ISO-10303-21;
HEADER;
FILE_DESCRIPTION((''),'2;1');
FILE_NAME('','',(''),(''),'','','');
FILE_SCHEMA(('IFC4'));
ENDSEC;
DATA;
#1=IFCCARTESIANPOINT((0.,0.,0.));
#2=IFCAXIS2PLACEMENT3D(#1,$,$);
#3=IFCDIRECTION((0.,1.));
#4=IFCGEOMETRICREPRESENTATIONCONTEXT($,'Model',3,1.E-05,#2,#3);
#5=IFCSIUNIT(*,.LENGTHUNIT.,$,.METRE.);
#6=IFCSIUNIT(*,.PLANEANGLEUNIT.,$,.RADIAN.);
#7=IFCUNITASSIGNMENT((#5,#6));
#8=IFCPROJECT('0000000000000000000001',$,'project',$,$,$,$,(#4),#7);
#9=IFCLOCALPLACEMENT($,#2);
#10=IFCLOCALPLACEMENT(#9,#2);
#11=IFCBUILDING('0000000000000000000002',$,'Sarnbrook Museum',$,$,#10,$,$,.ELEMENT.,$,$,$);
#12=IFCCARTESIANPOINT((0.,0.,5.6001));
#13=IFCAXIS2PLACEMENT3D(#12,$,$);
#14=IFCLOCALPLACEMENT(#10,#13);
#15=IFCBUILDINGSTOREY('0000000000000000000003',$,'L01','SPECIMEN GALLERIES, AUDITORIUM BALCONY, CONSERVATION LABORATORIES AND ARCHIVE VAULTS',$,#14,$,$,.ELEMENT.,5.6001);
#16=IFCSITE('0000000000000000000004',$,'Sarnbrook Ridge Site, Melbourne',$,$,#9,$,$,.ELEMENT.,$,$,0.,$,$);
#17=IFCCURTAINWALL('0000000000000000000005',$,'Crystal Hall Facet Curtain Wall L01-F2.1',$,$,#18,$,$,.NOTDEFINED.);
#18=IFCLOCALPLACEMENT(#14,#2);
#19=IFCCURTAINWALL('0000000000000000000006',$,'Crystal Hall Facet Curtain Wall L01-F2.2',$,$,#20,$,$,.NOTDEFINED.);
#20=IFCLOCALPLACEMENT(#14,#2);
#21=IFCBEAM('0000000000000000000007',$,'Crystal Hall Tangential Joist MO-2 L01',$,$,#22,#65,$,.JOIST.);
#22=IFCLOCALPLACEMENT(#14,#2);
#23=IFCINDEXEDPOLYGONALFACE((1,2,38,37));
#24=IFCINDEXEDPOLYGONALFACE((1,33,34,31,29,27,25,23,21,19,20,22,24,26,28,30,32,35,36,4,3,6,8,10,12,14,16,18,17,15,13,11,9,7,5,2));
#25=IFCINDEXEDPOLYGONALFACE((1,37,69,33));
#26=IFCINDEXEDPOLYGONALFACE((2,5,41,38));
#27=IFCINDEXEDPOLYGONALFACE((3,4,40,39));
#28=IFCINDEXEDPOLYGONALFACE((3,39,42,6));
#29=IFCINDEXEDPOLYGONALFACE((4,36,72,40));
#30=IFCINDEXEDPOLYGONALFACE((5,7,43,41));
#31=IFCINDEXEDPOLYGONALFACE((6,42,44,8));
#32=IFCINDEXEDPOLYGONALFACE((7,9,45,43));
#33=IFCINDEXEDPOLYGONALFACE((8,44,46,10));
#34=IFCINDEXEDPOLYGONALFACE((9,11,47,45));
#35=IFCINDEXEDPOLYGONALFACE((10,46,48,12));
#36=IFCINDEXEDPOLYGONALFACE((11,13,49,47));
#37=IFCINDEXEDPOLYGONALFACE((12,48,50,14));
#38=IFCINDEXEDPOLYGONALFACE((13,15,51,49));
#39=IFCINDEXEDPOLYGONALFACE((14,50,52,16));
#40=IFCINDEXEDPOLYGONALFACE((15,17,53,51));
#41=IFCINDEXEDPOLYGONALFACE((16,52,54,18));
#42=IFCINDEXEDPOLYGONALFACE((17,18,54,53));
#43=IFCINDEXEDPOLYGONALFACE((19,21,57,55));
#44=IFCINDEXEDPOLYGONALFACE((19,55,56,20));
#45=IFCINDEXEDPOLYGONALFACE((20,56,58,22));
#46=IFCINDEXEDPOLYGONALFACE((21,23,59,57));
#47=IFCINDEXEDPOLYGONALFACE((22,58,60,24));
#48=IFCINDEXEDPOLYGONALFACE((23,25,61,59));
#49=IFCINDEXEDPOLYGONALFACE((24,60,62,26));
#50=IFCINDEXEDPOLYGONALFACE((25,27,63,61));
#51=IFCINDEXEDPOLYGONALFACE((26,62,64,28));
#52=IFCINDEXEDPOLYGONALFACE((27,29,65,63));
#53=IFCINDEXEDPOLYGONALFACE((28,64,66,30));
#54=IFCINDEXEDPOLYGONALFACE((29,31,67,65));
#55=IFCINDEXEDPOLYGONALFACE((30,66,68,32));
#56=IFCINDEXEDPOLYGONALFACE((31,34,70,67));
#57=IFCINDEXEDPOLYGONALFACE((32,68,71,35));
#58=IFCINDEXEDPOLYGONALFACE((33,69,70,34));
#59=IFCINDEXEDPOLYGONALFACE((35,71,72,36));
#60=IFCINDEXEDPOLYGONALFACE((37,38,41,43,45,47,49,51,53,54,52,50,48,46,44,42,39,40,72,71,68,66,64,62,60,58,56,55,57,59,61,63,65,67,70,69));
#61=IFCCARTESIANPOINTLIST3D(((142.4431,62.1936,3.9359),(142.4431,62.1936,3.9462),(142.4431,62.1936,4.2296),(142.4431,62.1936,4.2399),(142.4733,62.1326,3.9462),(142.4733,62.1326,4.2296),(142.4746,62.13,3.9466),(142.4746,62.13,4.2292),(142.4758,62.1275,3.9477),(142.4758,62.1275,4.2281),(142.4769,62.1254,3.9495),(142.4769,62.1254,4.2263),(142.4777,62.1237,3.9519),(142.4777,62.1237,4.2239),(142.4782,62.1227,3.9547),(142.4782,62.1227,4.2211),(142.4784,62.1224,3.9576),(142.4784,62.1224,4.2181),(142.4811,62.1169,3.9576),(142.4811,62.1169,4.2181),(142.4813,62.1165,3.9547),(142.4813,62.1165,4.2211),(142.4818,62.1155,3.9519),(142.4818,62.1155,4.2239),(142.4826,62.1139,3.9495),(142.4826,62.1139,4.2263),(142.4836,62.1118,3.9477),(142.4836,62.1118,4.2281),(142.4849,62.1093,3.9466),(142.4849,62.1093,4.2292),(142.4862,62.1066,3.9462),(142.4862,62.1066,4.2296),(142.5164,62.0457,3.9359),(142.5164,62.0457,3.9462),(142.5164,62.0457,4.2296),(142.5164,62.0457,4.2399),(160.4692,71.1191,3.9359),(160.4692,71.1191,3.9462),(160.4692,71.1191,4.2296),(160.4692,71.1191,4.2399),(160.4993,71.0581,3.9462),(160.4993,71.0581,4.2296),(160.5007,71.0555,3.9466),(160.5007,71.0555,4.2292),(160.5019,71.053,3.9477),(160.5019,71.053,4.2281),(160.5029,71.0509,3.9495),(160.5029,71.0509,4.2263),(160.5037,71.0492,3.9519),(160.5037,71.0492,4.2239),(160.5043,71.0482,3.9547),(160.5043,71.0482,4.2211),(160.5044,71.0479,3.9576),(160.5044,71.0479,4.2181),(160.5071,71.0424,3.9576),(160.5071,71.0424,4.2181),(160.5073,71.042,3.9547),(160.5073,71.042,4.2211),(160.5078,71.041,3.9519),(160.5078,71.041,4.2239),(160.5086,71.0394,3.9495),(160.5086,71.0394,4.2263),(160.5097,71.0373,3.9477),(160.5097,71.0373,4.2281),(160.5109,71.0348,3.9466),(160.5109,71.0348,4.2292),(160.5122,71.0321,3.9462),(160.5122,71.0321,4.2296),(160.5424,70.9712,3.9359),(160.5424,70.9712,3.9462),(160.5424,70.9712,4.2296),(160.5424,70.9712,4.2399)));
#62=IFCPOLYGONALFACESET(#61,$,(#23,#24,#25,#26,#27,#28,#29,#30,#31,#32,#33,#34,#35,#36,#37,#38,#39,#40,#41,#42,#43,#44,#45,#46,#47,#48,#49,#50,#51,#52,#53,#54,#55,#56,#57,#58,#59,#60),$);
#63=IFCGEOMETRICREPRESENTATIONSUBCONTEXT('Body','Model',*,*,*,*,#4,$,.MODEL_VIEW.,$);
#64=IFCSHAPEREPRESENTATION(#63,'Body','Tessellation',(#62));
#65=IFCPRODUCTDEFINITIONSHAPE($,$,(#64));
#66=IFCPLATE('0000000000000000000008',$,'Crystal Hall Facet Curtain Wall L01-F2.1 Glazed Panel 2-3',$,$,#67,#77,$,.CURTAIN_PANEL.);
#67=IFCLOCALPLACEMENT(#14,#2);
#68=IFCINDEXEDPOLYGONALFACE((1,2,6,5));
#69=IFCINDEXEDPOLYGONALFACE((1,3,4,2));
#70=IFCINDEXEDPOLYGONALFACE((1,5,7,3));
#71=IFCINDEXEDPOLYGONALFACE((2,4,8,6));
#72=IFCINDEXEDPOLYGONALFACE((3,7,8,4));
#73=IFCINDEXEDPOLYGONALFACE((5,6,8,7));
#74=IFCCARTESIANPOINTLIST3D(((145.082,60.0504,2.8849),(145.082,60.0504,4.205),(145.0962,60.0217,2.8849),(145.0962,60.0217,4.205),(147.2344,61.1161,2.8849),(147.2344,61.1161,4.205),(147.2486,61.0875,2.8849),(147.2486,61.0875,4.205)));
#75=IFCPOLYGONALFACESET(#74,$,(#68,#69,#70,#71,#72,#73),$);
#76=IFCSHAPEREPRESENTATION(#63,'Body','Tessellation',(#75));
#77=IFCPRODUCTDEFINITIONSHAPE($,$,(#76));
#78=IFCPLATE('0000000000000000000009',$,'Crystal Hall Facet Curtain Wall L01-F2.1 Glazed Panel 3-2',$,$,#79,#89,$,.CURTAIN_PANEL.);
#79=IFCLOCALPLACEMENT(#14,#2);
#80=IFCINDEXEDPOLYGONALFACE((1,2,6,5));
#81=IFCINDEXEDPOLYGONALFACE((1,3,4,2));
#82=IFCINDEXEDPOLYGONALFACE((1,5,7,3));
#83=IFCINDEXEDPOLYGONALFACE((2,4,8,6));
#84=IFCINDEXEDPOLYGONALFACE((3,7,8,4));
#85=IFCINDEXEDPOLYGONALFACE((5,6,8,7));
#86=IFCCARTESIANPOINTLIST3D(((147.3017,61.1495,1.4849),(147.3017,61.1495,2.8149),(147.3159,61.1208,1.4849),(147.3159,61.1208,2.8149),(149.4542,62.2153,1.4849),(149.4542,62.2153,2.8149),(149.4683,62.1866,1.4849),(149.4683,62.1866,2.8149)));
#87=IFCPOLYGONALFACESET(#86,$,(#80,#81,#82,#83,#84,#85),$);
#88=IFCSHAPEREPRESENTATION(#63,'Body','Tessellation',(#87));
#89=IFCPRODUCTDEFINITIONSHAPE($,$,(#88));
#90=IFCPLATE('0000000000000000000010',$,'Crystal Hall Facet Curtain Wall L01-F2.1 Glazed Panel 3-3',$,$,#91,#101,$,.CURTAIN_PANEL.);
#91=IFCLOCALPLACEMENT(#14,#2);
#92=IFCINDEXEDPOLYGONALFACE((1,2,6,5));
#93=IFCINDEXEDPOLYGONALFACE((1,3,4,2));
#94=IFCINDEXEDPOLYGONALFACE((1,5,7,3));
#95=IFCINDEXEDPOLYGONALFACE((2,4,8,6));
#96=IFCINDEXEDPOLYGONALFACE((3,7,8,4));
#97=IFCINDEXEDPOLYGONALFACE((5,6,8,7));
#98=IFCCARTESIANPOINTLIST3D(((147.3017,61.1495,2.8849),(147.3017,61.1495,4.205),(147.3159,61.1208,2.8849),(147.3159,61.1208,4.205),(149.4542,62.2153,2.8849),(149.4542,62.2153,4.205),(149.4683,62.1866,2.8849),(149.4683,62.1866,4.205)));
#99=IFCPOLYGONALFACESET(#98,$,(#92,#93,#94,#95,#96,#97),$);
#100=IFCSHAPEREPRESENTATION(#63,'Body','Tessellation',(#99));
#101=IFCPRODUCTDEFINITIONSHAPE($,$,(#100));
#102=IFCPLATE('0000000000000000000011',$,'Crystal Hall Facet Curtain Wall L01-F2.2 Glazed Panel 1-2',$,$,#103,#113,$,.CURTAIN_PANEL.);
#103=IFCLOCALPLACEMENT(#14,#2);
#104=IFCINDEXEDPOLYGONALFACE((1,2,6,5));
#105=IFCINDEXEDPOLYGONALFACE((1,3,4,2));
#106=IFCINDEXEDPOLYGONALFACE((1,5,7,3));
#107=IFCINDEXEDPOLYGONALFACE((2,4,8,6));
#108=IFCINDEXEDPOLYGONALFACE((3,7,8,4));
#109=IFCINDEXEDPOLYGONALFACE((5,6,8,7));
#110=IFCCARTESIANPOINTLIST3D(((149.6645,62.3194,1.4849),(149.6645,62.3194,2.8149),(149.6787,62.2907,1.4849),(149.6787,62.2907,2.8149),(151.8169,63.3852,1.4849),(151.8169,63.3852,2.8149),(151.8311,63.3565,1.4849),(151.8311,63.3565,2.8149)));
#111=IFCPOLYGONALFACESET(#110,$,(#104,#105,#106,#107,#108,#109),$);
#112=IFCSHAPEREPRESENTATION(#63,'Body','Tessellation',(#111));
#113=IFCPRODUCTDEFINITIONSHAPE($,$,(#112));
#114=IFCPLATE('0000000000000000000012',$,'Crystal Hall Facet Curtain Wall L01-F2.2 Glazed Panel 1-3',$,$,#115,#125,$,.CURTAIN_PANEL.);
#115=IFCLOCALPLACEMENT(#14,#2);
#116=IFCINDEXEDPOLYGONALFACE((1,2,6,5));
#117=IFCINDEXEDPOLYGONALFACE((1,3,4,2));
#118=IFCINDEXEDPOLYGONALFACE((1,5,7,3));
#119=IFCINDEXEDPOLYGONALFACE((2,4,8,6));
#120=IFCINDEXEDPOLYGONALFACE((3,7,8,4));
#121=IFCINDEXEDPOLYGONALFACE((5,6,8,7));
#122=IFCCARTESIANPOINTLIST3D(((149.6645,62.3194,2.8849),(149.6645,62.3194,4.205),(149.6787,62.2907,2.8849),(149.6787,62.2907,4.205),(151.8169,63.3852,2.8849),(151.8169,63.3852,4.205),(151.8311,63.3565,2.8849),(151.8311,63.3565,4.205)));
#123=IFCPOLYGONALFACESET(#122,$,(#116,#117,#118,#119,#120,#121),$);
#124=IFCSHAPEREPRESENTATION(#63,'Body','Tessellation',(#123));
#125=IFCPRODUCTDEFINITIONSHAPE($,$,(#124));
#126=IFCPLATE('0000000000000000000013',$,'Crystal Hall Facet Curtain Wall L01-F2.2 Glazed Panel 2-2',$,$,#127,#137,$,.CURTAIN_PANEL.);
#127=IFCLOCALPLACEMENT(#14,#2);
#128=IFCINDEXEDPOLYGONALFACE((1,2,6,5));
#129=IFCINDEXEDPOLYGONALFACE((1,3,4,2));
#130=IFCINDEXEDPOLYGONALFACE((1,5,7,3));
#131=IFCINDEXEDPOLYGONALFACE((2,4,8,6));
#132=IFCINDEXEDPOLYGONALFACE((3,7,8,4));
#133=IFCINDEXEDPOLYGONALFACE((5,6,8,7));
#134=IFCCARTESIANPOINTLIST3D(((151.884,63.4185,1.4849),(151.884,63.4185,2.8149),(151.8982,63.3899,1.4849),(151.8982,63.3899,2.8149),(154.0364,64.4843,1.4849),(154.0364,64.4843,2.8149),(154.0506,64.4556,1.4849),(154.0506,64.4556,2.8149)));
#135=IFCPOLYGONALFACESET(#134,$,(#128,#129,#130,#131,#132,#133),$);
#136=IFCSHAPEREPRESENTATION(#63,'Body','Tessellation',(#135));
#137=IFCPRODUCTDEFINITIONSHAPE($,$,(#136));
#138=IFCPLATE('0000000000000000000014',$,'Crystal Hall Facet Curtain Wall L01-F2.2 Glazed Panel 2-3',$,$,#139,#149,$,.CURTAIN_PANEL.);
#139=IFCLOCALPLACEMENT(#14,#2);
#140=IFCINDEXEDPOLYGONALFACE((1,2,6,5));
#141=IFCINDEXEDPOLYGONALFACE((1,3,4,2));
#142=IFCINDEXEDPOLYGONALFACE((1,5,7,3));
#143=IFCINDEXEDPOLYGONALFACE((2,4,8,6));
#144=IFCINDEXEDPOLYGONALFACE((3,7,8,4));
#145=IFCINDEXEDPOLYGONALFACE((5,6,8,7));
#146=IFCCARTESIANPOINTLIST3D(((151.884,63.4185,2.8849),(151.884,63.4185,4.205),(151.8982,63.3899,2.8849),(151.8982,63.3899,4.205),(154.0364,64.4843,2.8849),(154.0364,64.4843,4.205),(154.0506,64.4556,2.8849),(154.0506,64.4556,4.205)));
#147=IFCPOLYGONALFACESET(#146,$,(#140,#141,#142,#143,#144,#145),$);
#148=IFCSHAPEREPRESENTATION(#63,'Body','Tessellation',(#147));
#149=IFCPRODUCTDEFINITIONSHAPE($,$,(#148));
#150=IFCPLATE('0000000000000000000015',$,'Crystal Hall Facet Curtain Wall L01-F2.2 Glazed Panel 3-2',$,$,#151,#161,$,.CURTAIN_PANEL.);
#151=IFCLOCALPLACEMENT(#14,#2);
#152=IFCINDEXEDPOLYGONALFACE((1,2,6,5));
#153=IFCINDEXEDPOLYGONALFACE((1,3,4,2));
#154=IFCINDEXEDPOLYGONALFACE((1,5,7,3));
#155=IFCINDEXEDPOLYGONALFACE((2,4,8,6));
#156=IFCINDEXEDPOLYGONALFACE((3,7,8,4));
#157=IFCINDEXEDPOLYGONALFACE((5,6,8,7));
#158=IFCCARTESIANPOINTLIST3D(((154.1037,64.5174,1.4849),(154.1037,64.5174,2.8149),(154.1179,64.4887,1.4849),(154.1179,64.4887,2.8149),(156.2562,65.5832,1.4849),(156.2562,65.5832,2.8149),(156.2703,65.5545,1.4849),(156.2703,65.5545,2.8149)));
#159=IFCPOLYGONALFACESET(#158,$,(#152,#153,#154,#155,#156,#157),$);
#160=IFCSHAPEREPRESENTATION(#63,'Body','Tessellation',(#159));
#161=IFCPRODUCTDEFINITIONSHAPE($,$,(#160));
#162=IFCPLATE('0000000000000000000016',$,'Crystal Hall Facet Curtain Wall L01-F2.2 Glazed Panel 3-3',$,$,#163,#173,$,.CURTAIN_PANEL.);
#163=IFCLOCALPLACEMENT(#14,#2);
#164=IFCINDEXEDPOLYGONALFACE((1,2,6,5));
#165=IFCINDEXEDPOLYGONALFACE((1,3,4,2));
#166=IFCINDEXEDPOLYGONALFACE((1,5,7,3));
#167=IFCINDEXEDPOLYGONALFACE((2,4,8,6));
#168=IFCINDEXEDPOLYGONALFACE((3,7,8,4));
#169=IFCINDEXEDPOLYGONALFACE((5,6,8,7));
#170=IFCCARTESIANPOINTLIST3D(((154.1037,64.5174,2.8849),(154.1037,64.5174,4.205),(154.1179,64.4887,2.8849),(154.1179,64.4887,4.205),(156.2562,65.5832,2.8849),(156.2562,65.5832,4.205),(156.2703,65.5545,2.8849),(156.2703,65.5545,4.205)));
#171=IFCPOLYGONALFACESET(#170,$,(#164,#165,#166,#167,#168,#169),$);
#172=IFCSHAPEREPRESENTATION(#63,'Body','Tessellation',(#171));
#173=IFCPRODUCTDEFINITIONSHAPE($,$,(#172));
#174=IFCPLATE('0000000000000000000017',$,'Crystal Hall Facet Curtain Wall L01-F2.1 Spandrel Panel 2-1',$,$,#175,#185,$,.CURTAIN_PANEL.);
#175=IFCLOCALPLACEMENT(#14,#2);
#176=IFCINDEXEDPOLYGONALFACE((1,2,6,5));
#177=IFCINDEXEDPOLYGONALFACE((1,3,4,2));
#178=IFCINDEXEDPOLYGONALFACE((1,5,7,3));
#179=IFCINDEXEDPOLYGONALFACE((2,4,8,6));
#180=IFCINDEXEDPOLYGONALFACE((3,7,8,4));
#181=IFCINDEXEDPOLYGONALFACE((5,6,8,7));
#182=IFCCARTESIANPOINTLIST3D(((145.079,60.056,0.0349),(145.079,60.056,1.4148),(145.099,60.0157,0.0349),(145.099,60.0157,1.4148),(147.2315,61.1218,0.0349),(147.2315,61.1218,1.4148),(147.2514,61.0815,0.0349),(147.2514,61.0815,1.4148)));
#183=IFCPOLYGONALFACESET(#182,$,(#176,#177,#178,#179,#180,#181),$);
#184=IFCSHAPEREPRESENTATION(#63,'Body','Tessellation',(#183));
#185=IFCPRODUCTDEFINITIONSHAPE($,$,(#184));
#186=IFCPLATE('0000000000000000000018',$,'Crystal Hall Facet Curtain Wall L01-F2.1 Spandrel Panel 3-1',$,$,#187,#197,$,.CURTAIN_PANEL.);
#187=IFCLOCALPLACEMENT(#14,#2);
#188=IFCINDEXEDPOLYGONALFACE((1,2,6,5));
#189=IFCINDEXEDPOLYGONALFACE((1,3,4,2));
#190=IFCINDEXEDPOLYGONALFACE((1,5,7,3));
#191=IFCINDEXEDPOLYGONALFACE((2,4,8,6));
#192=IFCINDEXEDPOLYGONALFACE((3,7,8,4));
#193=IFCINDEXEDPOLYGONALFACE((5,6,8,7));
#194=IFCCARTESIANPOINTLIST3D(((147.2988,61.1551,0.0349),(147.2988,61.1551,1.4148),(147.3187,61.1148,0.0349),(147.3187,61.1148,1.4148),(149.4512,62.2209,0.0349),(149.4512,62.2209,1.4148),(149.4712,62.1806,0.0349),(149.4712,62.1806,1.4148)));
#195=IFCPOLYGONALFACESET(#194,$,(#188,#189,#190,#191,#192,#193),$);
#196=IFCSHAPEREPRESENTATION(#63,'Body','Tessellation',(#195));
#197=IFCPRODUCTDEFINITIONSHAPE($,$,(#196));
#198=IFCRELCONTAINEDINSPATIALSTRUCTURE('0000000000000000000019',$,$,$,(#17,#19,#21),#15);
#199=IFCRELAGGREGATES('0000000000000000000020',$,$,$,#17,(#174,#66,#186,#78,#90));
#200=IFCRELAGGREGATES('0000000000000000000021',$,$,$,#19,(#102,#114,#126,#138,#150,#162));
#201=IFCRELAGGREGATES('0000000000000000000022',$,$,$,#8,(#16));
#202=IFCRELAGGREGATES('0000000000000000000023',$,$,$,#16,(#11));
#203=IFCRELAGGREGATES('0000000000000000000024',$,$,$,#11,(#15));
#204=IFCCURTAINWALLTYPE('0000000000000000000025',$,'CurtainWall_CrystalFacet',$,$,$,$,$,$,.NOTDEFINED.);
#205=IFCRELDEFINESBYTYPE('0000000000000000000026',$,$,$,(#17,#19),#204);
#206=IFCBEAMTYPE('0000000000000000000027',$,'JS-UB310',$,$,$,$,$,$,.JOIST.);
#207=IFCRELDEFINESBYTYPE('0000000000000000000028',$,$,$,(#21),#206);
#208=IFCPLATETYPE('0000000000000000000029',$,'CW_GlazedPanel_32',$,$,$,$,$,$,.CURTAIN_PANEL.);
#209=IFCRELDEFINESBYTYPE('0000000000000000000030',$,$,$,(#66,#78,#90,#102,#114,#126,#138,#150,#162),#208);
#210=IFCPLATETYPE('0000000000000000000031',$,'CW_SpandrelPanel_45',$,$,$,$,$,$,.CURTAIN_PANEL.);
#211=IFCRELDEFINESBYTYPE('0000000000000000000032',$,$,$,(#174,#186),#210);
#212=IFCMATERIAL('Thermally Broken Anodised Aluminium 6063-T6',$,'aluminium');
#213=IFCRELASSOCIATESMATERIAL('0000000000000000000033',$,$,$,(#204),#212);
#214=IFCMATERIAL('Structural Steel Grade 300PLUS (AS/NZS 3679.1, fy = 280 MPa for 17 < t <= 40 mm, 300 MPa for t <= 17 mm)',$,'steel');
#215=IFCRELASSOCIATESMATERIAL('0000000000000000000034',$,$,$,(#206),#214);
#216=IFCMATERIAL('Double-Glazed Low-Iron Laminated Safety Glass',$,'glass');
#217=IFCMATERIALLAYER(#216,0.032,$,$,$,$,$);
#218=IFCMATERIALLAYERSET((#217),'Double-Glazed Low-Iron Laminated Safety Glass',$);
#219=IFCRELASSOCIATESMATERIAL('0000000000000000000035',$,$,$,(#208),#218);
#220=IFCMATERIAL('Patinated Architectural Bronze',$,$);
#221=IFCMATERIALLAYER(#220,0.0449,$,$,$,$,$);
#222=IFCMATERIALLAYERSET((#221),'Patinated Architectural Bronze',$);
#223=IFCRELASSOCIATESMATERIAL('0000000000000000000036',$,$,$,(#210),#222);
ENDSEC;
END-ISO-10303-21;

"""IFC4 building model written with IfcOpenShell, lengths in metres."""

from ifc_helpers import new_model, si_unit, direction, frame, origin, origin_2d, place, context, subcontext, project, spatial, rectangle, i_section, extrude, material, layer, layer_set, material_profile, profile_set, type_object, element, aggregate, save


model = new_model("IFC4")

# Units and contexts
model_context = context("Model", 3, precision=1e-05, world=origin(), true_north=direction((0.0, 1.0)))
body_context = subcontext(model_context, "Body", "Model", "MODEL_VIEW")
ifc_project = project(units=[si_unit("LENGTHUNIT", "METRE"), si_unit("PLANEANGLEUNIT", "RADIAN")], contexts=[model_context])

# Site, building, storey
site_placement = place(None, origin())
site = spatial("IfcSite", under=ifc_project, at=site_placement, Name="Sarnbrook Ridge Site, Melbourne", CompositionType="ELEMENT", RefElevation=0.0)
building_placement = place(site_placement, origin())
building = spatial("IfcBuilding", under=site, at=building_placement, Name="Sarnbrook Museum", CompositionType="ELEMENT")
storey_placement = place(building_placement, frame((0.0, 0.0, 5.6001)))
storey = spatial("IfcBuildingStorey", under=building, at=storey_placement, Name="L01", Description="SPECIMEN GALLERIES, AUDITORIUM BALCONY, CONSERVATION LABORATORIES AND ARCHIVE VAULTS", CompositionType="ELEMENT", Elevation=5.6001)

# Curtain walls
ifc_material_1 = material(Name="Thermally Broken Anodised Aluminium 6063-T6", Category="aluminium")
curtain_wall_type = type_object("IfcCurtainWallType", Name="CurtainWall_CrystalFacet", PredefinedType="NOTDEFINED", material=ifc_material_1)
curtain_wall_1_placement = place(storey_placement, origin())
curtain_wall_1 = element("IfcCurtainWall", 1, at=curtain_wall_1_placement, inside=storey, type_object=curtain_wall_type, Name="Crystal Hall Facet Curtain Wall L01-F2.1", PredefinedType="NOTDEFINED")
curtain_wall_2_placement = place(storey_placement, origin())
curtain_wall_2 = element("IfcCurtainWall", 2, at=curtain_wall_2_placement, inside=storey, type_object=curtain_wall_type, Name="Crystal Hall Facet Curtain Wall L01-F2.2", PredefinedType="NOTDEFINED")

# Beam
ifc_material_2 = material(Name="Structural Steel Grade 300PLUS (AS/NZS 3679.1, fy = 280 MPa for 17 < t <= 40 mm, 300 MPa for t <= 17 mm)", Category="steel")
ifc_material_profile_1 = material_profile(ifc_material_2, i_section(OverallWidth=0.165, OverallDepth=0.304, WebThickness=0.0061, FlangeThickness=0.0103, FilletRadius=0.0115, at=origin_2d()), Name="310UB40.4")
ifc_profile_set_1 = profile_set([ifc_material_profile_1], Name="Structural Steel Grade 300PLUS (AS/NZS 3679.1, fy = 280 MPa for 17 < t <= 40 mm, 300 MPa for t <= 17 mm)")
beam_type_1 = type_object("IfcBeamType", Name="JS-UB310", PredefinedType="JOIST", material=ifc_profile_set_1)
beam_1_placement = place(storey_placement, frame((142.4797, 62.1196, 4.0879), z_axis=(0.896161, 0.443729, 0.0), x_axis=(-0.443729, 0.896161, 0.0)))
element("IfcBeam", 3, at=beam_1_placement, inside=storey, type_object=beam_type_1, Name="Crystal Hall Tangential Joist MO-2 L01", PredefinedType="JOIST", context=body_context, shape_type="SweptSolid", body=[
    extrude(i_section(OverallWidth=0.165, OverallDepth=0.304, WebThickness=0.0061, FlangeThickness=0.0103, FilletRadius=0.0115, at=origin_2d()), origin(), (0.0, 0.0, 1.0), 20.1147),
])

# Plates
ifc_material_3 = material(Name="Double-Glazed Low-Iron Laminated Safety Glass", Category="glass")
ifc_layer_1 = layer(ifc_material_3, 0.032)
ifc_layer_set_1 = layer_set([ifc_layer_1], Name="Double-Glazed Low-Iron Laminated Safety Glass")
plate_type_1 = type_object("IfcPlateType", Name="CW_GlazedPanel_32", PredefinedType="CURTAIN_PANEL", material=ifc_layer_set_1)
plate_1_placement = place(storey_placement, frame((146.1582, 60.5833, 3.5449), z_axis=(0.443729, -0.896161, 0.0), x_axis=(0.896161, 0.443729, 0.0)))
plate_1 = element("IfcPlate", 4, at=plate_1_placement, type_object=plate_type_1, Name="Crystal Hall Facet Curtain Wall L01-F2.1 Glazed Panel 2-3", PredefinedType="CURTAIN_PANEL", context=body_context, shape_type="SweptSolid", body=[
    extrude(rectangle(XDim=2.4019, YDim=1.3201, at=origin_2d()), origin(), (0.0, 0.0, 1.0), 0.032),
])
plate_2_placement = place(storey_placement, frame((148.3779, 61.6824, 2.1499), z_axis=(0.443729, -0.896161, 0.0), x_axis=(0.896161, 0.443729, 0.0)))
plate_2 = element("IfcPlate", 5, at=plate_2_placement, type_object=plate_type_1, Name="Crystal Hall Facet Curtain Wall L01-F2.1 Glazed Panel 3-2", PredefinedType="CURTAIN_PANEL", context=body_context, shape_type="SweptSolid", body=[
    extrude(rectangle(XDim=2.4019, YDim=1.3301, at=origin_2d()), origin(), (0.0, 0.0, 1.0), 0.032),
])
plate_3_placement = place(storey_placement, frame((148.3779, 61.6824, 3.5449), z_axis=(0.443729, -0.896161, 0.0), x_axis=(0.896161, 0.443729, 0.0)))
plate_3 = element("IfcPlate", 6, at=plate_3_placement, type_object=plate_type_1, Name="Crystal Hall Facet Curtain Wall L01-F2.1 Glazed Panel 3-3", PredefinedType="CURTAIN_PANEL", context=body_context, shape_type="SweptSolid", body=[
    extrude(rectangle(XDim=2.4019, YDim=1.3201, at=origin_2d()), origin(), (0.0, 0.0, 1.0), 0.032),
])
plate_4_placement = place(storey_placement, frame((150.7407, 62.8523, 2.1499), z_axis=(0.443729, -0.896161, 0.0), x_axis=(0.896161, 0.443729, 0.0)))
plate_4 = element("IfcPlate", 7, at=plate_4_placement, type_object=plate_type_1, Name="Crystal Hall Facet Curtain Wall L01-F2.2 Glazed Panel 1-2", PredefinedType="CURTAIN_PANEL", context=body_context, shape_type="SweptSolid", body=[
    extrude(rectangle(XDim=2.4019, YDim=1.3301, at=origin_2d()), origin(), (0.0, 0.0, 1.0), 0.032),
])
plate_5_placement = place(storey_placement, frame((150.7407, 62.8523, 3.5449), z_axis=(0.443729, -0.896161, 0.0), x_axis=(0.896161, 0.443729, 0.0)))
plate_5 = element("IfcPlate", 8, at=plate_5_placement, type_object=plate_type_1, Name="Crystal Hall Facet Curtain Wall L01-F2.2 Glazed Panel 1-3", PredefinedType="CURTAIN_PANEL", context=body_context, shape_type="SweptSolid", body=[
    extrude(rectangle(XDim=2.4019, YDim=1.3201, at=origin_2d()), origin(), (0.0, 0.0, 1.0), 0.032),
])
plate_6_placement = place(storey_placement, frame((152.9602, 63.9514, 2.1499), z_axis=(0.443729, -0.896161, 0.0), x_axis=(0.896161, 0.443729, 0.0)))
plate_6 = element("IfcPlate", 9, at=plate_6_placement, type_object=plate_type_1, Name="Crystal Hall Facet Curtain Wall L01-F2.2 Glazed Panel 2-2", PredefinedType="CURTAIN_PANEL", context=body_context, shape_type="SweptSolid", body=[
    extrude(rectangle(XDim=2.4019, YDim=1.3301, at=origin_2d()), origin(), (0.0, 0.0, 1.0), 0.032),
])
plate_7_placement = place(storey_placement, frame((152.9602, 63.9514, 3.5449), z_axis=(0.443729, -0.896161, 0.0), x_axis=(0.896161, 0.443729, 0.0)))
plate_7 = element("IfcPlate", 10, at=plate_7_placement, type_object=plate_type_1, Name="Crystal Hall Facet Curtain Wall L01-F2.2 Glazed Panel 2-3", PredefinedType="CURTAIN_PANEL", context=body_context, shape_type="SweptSolid", body=[
    extrude(rectangle(XDim=2.4019, YDim=1.3201, at=origin_2d()), origin(), (0.0, 0.0, 1.0), 0.032),
])
plate_8_placement = place(storey_placement, frame((155.1799, 65.0503, 2.1499), z_axis=(0.443729, -0.896161, 0.0), x_axis=(0.896161, 0.443729, 0.0)))
plate_8 = element("IfcPlate", 11, at=plate_8_placement, type_object=plate_type_1, Name="Crystal Hall Facet Curtain Wall L01-F2.2 Glazed Panel 3-2", PredefinedType="CURTAIN_PANEL", context=body_context, shape_type="SweptSolid", body=[
    extrude(rectangle(XDim=2.4019, YDim=1.3301, at=origin_2d()), origin(), (0.0, 0.0, 1.0), 0.032),
])
plate_9_placement = place(storey_placement, frame((155.1799, 65.0503, 3.5449), z_axis=(0.443729, -0.896161, 0.0), x_axis=(0.896161, 0.443729, 0.0)))
plate_9 = element("IfcPlate", 12, at=plate_9_placement, type_object=plate_type_1, Name="Crystal Hall Facet Curtain Wall L01-F2.2 Glazed Panel 3-3", PredefinedType="CURTAIN_PANEL", context=body_context, shape_type="SweptSolid", body=[
    extrude(rectangle(XDim=2.4019, YDim=1.3201, at=origin_2d()), origin(), (0.0, 0.0, 1.0), 0.032),
])
ifc_material_4 = material(Name="Patinated Architectural Bronze")
ifc_layer_2 = layer(ifc_material_4, 0.0449)
ifc_layer_set_2 = layer_set([ifc_layer_2], Name="Patinated Architectural Bronze")
plate_type_2 = type_object("IfcPlateType", Name="CW_SpandrelPanel_45", PredefinedType="CURTAIN_PANEL", material=ifc_layer_set_2)
plate_10_placement = place(storey_placement, frame((146.1553, 60.5889, 0.7249), z_axis=(0.443729, -0.896161, 0.0), x_axis=(0.896161, 0.443729, 0.0)))
plate_10 = element("IfcPlate", 13, at=plate_10_placement, type_object=plate_type_2, Name="Crystal Hall Facet Curtain Wall L01-F2.1 Spandrel Panel 2-1", PredefinedType="CURTAIN_PANEL", context=body_context, shape_type="SweptSolid", body=[
    extrude(rectangle(XDim=2.4019, YDim=1.3799, at=origin_2d()), origin(), (0.0, 0.0, 1.0), 0.0449),
])
plate_11_placement = place(storey_placement, frame((148.375, 61.688, 0.7249), z_axis=(0.443729, -0.896161, 0.0), x_axis=(0.896161, 0.443729, 0.0)))
plate_11 = element("IfcPlate", 14, at=plate_11_placement, type_object=plate_type_2, Name="Crystal Hall Facet Curtain Wall L01-F2.1 Spandrel Panel 3-1", PredefinedType="CURTAIN_PANEL", context=body_context, shape_type="SweptSolid", body=[
    extrude(rectangle(XDim=2.4019, YDim=1.3799, at=origin_2d()), origin(), (0.0, 0.0, 1.0), 0.0449),
])
aggregate(curtain_wall_1, [plate_10, plate_1, plate_11, plate_2, plate_3])
aggregate(curtain_wall_2, [plate_4, plate_5, plate_6, plate_7, plate_8, plate_9])

save(model, "model.ifc")
